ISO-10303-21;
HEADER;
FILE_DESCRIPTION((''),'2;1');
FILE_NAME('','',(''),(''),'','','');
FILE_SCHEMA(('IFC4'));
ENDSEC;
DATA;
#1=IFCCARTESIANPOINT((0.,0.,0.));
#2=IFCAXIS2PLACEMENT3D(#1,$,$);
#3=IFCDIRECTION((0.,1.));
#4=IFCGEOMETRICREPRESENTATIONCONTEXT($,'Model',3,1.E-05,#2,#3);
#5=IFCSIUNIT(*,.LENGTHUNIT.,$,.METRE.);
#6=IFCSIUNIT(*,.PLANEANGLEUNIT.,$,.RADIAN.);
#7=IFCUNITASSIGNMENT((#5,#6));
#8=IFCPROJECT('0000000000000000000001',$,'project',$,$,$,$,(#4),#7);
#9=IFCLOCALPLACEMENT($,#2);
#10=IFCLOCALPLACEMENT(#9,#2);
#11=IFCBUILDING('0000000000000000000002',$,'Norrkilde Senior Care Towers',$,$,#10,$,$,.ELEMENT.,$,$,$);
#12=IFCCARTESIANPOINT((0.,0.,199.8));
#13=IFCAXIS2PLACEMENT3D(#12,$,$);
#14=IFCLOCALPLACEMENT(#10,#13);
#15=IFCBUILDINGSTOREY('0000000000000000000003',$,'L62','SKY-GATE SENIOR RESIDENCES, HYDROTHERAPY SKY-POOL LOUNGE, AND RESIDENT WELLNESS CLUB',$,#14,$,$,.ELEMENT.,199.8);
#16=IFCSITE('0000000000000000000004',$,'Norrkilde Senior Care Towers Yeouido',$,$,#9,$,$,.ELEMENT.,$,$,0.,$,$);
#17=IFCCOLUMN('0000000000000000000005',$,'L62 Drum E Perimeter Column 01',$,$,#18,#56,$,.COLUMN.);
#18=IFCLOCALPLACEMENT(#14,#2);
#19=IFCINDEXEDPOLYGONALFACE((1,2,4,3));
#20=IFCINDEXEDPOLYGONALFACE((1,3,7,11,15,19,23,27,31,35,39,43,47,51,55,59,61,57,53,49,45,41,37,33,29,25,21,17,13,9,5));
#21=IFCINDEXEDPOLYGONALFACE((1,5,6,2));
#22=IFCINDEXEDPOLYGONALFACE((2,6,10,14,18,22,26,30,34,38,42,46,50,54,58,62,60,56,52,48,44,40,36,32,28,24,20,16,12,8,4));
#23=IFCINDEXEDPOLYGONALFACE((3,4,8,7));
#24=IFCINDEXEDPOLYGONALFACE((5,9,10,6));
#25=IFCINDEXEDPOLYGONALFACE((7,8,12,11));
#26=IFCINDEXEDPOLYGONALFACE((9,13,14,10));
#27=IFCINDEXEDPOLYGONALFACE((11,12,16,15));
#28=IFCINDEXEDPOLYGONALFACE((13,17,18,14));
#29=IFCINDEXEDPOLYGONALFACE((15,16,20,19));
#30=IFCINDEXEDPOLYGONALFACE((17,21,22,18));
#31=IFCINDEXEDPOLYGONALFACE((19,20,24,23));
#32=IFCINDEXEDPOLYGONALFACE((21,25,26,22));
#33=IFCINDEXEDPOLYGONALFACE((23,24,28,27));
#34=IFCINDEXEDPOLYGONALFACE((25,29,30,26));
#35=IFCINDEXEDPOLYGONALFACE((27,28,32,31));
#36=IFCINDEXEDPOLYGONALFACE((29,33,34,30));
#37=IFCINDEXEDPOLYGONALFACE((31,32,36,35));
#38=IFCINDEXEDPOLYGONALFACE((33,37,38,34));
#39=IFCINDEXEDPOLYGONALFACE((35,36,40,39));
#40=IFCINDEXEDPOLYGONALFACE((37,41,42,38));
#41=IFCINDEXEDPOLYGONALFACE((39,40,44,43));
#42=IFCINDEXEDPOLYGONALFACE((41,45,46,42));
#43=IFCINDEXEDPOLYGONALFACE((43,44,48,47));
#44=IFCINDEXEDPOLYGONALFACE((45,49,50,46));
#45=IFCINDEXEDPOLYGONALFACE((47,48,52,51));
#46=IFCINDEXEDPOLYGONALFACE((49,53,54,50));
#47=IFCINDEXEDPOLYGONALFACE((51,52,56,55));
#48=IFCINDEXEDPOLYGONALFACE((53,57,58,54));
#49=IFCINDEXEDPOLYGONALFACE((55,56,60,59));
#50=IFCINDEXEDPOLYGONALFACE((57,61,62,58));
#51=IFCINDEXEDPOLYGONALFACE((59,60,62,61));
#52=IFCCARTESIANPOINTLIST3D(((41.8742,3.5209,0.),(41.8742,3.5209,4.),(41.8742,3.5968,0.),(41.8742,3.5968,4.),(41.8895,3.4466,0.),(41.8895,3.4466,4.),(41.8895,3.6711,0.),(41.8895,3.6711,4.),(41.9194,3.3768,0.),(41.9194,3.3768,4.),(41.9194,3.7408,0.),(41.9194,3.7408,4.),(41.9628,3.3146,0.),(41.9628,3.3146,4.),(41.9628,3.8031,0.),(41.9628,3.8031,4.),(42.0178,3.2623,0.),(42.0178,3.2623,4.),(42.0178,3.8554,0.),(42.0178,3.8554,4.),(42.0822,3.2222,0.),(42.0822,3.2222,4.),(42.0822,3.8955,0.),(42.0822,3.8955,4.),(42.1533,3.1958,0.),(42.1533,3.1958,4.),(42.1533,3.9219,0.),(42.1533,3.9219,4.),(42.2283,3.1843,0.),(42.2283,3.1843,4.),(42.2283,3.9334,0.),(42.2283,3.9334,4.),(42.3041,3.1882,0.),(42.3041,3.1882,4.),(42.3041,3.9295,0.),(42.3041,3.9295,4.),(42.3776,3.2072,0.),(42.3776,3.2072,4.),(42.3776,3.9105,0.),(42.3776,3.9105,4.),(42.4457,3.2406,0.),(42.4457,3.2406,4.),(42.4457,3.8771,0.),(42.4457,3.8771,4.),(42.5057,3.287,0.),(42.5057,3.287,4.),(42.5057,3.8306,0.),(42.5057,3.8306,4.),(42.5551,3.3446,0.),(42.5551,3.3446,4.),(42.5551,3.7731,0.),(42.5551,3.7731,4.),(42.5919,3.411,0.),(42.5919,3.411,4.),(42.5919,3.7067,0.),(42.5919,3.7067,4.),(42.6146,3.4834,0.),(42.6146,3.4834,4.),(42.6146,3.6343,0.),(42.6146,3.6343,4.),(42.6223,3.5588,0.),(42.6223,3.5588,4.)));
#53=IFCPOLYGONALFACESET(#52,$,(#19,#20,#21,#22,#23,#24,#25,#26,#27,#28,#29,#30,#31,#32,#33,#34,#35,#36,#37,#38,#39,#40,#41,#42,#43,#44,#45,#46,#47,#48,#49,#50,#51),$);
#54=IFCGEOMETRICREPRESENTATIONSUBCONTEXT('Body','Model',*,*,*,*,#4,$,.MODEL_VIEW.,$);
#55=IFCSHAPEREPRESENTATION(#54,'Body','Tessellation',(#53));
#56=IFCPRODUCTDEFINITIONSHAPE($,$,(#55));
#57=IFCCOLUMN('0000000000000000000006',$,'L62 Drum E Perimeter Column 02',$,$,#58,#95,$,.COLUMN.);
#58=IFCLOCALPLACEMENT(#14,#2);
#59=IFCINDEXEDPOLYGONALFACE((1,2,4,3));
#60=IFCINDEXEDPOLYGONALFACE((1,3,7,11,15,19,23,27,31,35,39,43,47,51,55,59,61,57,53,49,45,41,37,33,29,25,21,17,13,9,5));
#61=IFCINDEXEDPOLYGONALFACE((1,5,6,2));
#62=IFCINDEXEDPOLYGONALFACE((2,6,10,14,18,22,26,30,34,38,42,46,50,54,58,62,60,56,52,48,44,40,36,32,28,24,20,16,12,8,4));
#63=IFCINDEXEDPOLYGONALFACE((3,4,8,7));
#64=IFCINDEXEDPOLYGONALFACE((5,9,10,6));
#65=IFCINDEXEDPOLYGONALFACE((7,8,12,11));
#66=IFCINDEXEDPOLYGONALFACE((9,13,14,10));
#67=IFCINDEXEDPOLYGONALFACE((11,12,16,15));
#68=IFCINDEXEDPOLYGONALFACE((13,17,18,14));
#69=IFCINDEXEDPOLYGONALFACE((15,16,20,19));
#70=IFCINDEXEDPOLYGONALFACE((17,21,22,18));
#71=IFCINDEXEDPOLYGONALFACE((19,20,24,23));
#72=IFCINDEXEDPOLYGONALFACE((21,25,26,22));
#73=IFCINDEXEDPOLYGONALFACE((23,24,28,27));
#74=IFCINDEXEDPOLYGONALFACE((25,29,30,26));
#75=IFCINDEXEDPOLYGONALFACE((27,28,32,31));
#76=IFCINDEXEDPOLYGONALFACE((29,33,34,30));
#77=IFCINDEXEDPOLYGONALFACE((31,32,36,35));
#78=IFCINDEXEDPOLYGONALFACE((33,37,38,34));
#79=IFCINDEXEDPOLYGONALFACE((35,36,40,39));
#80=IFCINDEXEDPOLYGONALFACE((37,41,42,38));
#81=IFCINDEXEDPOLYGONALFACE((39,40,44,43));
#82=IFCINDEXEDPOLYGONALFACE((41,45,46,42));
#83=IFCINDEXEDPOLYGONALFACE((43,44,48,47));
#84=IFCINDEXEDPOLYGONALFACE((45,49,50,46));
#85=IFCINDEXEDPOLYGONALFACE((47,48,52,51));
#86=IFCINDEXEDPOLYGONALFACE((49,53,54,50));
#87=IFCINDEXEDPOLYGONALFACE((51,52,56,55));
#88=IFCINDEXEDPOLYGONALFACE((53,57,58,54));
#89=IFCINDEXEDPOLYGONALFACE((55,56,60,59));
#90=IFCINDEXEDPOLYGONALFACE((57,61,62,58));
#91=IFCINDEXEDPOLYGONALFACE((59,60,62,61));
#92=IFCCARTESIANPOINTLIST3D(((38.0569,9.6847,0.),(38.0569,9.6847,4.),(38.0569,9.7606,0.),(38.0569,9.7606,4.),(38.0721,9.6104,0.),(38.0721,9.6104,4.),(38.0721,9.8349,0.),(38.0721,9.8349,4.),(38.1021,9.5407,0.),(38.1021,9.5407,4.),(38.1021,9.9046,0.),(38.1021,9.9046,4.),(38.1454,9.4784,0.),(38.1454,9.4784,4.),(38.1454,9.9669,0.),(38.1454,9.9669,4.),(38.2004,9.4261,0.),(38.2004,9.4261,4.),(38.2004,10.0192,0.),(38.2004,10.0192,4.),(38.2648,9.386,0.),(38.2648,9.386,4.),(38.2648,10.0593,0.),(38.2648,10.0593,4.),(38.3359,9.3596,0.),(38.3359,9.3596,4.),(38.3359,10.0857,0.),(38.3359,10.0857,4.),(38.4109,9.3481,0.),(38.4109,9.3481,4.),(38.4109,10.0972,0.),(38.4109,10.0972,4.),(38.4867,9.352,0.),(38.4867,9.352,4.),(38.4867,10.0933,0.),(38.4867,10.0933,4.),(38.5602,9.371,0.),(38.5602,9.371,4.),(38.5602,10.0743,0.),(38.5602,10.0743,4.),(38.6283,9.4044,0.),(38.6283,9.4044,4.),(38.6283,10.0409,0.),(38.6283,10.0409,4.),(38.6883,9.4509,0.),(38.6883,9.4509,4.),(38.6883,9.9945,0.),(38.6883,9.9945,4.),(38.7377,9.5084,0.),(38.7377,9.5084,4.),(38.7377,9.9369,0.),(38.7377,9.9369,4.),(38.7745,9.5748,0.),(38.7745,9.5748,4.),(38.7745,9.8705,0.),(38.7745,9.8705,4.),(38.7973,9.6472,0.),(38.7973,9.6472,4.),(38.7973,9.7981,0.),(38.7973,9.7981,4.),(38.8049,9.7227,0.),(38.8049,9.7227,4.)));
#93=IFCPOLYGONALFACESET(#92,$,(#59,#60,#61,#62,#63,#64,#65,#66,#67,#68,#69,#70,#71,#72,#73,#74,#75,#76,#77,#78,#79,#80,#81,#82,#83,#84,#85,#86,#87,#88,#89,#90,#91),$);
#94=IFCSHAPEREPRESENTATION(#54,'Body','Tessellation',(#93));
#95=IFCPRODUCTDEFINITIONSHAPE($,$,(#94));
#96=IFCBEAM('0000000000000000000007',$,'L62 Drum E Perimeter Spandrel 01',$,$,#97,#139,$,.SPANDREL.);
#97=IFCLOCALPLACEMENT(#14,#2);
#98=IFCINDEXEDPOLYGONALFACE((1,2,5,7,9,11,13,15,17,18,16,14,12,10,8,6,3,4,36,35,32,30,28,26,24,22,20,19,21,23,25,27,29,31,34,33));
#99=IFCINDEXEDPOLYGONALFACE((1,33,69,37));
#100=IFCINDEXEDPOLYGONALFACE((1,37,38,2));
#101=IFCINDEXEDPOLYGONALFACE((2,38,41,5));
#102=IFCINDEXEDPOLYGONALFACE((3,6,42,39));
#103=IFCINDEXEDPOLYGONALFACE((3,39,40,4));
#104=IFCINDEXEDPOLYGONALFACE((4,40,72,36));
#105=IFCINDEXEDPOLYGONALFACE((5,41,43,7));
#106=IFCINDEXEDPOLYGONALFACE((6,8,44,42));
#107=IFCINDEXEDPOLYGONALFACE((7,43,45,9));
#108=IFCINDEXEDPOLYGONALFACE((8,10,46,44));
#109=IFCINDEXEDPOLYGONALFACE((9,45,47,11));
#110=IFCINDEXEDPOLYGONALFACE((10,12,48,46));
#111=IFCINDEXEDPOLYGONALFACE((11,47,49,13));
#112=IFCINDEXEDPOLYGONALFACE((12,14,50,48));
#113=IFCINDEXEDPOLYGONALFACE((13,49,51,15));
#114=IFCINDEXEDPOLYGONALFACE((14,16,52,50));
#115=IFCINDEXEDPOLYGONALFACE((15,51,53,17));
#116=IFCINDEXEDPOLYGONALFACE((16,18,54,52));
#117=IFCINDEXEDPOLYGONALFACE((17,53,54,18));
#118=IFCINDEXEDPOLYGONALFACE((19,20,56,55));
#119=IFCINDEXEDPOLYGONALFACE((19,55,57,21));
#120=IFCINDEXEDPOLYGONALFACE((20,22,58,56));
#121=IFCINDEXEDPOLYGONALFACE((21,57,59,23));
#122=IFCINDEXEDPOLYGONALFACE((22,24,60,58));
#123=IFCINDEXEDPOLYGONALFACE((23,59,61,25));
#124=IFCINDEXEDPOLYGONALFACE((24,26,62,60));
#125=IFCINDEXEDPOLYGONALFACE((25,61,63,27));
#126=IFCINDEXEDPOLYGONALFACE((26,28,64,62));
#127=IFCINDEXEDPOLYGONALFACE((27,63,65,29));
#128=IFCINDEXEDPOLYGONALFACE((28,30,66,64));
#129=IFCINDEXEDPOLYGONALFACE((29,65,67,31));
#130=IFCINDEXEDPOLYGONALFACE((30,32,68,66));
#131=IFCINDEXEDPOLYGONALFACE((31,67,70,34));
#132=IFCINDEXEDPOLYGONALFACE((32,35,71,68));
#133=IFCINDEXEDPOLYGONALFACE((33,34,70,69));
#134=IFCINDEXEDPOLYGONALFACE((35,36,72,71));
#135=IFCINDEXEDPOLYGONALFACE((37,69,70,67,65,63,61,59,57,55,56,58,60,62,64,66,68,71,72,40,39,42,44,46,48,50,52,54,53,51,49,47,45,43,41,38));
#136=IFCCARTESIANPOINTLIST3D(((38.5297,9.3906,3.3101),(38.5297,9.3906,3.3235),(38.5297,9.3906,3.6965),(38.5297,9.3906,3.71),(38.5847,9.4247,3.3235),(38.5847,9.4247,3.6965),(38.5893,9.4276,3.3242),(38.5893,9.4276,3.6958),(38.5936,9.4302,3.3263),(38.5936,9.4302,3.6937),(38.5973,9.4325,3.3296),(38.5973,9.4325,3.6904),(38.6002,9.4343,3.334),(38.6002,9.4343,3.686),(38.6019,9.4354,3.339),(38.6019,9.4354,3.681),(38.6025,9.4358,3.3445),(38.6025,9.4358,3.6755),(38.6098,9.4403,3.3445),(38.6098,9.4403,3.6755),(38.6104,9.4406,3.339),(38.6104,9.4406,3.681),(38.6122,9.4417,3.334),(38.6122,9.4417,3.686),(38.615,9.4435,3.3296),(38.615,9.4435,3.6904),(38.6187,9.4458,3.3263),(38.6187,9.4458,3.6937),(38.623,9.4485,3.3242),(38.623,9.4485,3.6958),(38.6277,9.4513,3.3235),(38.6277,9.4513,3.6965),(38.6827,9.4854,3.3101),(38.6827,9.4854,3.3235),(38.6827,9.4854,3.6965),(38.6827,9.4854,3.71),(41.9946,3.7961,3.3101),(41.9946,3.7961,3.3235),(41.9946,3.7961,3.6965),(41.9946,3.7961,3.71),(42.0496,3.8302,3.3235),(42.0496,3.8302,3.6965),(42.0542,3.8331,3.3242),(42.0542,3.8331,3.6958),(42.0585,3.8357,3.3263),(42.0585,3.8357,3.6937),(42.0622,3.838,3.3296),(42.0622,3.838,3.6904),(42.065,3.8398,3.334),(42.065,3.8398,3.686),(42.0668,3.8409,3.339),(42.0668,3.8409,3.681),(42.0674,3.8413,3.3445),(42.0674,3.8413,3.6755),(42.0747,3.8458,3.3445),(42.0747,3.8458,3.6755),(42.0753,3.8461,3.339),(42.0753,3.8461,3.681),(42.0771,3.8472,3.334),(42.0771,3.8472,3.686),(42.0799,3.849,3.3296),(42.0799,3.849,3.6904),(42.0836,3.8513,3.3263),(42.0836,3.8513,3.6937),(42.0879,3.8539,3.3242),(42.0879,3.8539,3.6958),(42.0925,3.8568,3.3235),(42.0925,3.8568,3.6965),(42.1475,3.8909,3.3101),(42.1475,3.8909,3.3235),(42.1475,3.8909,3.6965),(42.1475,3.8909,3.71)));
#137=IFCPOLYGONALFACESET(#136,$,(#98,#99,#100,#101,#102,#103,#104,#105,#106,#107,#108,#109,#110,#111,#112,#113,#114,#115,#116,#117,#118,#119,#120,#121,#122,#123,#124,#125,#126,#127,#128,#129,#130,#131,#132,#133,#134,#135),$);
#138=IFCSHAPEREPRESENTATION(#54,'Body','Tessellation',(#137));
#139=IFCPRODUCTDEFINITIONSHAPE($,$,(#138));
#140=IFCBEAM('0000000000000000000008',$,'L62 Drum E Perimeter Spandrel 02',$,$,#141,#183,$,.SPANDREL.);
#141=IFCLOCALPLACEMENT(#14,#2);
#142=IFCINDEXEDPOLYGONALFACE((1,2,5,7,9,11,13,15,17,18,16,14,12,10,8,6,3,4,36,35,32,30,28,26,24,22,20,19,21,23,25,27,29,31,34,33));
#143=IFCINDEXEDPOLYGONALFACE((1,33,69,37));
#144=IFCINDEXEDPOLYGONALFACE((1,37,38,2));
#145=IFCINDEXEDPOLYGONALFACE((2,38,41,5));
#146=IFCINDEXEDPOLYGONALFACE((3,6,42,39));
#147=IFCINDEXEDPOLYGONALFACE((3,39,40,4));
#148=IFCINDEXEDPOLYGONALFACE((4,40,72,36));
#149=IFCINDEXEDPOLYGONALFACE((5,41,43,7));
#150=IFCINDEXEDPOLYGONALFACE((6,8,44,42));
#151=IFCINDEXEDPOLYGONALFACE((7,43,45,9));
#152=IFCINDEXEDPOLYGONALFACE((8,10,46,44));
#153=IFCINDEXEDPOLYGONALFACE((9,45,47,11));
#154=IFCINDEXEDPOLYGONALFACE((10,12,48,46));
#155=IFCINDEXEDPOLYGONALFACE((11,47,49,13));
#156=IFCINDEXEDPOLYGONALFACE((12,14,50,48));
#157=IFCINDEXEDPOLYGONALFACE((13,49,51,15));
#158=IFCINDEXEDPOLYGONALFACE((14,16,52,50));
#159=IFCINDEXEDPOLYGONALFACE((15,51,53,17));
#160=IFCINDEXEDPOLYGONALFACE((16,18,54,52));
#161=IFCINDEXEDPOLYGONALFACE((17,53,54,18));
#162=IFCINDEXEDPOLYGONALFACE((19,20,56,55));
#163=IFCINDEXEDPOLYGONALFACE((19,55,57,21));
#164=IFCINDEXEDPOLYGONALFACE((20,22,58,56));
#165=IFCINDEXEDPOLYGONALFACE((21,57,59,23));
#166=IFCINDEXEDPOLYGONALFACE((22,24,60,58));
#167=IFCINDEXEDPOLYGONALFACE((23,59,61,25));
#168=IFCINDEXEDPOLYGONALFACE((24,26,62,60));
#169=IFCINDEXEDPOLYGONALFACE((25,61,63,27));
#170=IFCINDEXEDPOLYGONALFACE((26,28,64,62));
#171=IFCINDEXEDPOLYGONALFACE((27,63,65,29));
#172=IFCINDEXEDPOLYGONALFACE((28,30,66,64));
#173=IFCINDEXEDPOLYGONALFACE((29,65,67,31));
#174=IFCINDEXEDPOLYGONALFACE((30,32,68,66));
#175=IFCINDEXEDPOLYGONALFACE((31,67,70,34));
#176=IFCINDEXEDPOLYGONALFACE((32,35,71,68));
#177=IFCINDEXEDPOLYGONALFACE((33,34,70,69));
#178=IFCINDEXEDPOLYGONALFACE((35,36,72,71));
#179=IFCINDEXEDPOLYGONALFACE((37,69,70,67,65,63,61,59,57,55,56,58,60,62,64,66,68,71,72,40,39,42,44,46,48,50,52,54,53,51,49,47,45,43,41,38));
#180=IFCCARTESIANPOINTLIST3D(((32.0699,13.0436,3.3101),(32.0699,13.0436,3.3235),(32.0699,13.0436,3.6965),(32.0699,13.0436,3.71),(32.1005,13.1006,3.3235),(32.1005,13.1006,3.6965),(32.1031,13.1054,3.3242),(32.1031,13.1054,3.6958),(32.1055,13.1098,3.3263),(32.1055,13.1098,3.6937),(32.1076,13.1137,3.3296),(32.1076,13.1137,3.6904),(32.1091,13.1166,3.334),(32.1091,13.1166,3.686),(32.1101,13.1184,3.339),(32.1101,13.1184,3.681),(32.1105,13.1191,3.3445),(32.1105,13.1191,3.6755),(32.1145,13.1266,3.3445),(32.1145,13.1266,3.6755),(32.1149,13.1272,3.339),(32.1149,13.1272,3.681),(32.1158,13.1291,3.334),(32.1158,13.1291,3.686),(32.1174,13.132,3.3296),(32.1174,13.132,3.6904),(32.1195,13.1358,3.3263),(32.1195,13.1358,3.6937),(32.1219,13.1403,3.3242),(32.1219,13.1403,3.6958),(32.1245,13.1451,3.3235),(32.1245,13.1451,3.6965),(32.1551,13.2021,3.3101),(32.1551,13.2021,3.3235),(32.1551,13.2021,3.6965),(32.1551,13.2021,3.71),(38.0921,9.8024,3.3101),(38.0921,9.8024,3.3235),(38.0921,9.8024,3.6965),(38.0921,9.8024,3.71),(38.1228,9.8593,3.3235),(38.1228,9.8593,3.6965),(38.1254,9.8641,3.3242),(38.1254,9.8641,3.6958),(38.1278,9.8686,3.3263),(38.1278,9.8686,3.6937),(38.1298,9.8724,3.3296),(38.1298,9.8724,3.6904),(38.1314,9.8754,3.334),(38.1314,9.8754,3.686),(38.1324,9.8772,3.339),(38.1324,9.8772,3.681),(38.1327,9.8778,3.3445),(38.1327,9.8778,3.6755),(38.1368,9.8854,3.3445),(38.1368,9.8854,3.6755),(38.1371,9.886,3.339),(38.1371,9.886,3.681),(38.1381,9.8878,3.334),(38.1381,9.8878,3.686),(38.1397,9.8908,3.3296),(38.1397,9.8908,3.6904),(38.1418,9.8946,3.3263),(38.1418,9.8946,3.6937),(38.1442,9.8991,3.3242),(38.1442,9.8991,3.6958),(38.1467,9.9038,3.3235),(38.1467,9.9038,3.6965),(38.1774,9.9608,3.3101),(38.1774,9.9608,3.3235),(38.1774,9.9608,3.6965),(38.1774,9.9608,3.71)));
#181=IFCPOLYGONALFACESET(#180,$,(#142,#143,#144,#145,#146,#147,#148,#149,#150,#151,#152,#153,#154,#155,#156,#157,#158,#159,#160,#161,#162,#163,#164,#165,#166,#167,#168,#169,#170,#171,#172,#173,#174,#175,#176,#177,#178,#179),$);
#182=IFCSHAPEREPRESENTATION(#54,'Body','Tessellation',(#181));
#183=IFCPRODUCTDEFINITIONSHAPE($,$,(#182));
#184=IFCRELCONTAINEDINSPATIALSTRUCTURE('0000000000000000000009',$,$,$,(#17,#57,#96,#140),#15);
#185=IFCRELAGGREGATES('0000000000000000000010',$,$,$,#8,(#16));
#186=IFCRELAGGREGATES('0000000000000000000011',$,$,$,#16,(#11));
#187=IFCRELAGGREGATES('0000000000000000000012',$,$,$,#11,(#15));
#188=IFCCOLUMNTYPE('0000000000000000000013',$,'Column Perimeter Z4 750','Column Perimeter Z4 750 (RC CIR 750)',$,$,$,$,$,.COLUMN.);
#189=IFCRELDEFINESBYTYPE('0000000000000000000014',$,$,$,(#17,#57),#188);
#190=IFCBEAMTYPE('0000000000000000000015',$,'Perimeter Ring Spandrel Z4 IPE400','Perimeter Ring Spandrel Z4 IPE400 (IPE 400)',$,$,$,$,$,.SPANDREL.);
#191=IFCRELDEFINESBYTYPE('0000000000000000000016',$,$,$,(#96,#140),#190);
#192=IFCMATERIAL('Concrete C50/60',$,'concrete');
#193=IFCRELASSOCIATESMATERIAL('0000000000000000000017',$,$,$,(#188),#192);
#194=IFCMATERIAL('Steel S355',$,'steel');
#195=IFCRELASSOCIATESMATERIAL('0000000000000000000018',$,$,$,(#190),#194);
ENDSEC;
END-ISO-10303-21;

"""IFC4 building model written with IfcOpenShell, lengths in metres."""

from ifc_helpers import new_model, si_unit, direction, frame, origin, origin_2d, place, context, subcontext, project, spatial, circle, i_section, extrude, source, transform, mapped, material, material_profile, profile_set, type_object, type_shapes, element, save


model = new_model("IFC4")

# Units and contexts
model_context = context("Model", 3, precision=1e-05, world=origin(), true_north=direction((0.0, 1.0)))
body_context = subcontext(model_context, "Body", "Model", "MODEL_VIEW")
ifc_project = project(units=[si_unit("LENGTHUNIT", "METRE"), si_unit("PLANEANGLEUNIT", "RADIAN")], contexts=[model_context])

# Site, building, storey
site_placement = place(None, origin())
site = spatial("IfcSite", under=ifc_project, at=site_placement, Name="Norrkilde Senior Care Towers Yeouido", CompositionType="ELEMENT", RefElevation=0.0)
building_placement = place(site_placement, origin())
building = spatial("IfcBuilding", under=site, at=building_placement, Name="Norrkilde Senior Care Towers", CompositionType="ELEMENT")
storey_placement = place(building_placement, frame((0.0, 0.0, 199.8)))
storey = spatial("IfcBuildingStorey", under=building, at=storey_placement, Name="L62", Description="SKY-GATE SENIOR RESIDENCES, HYDROTHERAPY SKY-POOL LOUNGE, AND RESIDENT WELLNESS CLUB", CompositionType="ELEMENT", Elevation=199.8)

# Columns
ifc_material_1 = material(Name="Concrete C50/60", Category="concrete")
ifc_material_profile_1 = material_profile(ifc_material_1, circle(Radius=0.375, at=origin_2d()), Name="RC CIR 750")
ifc_profile_set_1 = profile_set([ifc_material_profile_1], Name="Concrete C50/60")
column_type = type_object("IfcColumnType", Name="Column Perimeter Z4 750", Description="Column Perimeter Z4 750 (RC CIR 750)", PredefinedType="COLUMN", material=ifc_profile_set_1)
shared_shape_1 = source(origin(), body_context, "Body", "SweptSolid", [
    extrude(circle(Radius=0.375, at=origin_2d()), origin(), (0.0, 0.0, 1.0), 4.0),
])
type_shapes(column_type, [shared_shape_1])
for number, where, z_axis, x_axis, name in (
    (1, (42.2473, 3.5588, 0.0), (0.0, 0.0, 1.0), (1.0, 0.0, 0.0), "L62 Drum E Perimeter Column 01"),
    (2, (38.4299, 9.7227, 0.0), (0.0, 0.0, 1.0), (1.0, 0.0, 0.0), "L62 Drum E Perimeter Column 02"),
):
    element("IfcColumn", number, at=place(storey_placement, frame(where, z_axis=z_axis, x_axis=x_axis)), inside=storey, type_object=column_type, Name=name, PredefinedType="COLUMN", context=body_context, shape_type="MappedRepresentation", body=[
        mapped(shared_shape_1, transform((0.0, 0.0, 0.0), x_axis=(1.0, 0.0, 0.0), y_axis=(0.0, 1.0, 0.0), z_axis=(0.0, 0.0, 1.0), scale=1.0)),
    ])

# Beams
ifc_material_2 = material(Name="Steel S355", Category="steel")
ifc_material_profile_2 = material_profile(ifc_material_2, i_section(OverallWidth=0.1799, OverallDepth=0.3999, WebThickness=0.0085, FlangeThickness=0.0134, FilletRadius=0.021, at=origin_2d()), Name="IPE 400")
ifc_profile_set_2 = profile_set([ifc_material_profile_2], Name="Steel S355")
beam_type_1 = type_object("IfcBeamType", Name="Perimeter Ring Spandrel Z4 IPE400", Description="Perimeter Ring Spandrel Z4 IPE400 (IPE 400)", PredefinedType="SPANDREL", material=ifc_profile_set_2)
shared_shape_2 = source(origin(), body_context, "Body", "SweptSolid", [
    extrude(i_section(OverallWidth=0.1799, OverallDepth=0.3999, WebThickness=0.0085, FlangeThickness=0.0134, FilletRadius=0.021, at=origin_2d()), origin(), (0.0, 0.0, 1.0), 6.5806),
])
beam_1_placement = place(storey_placement, frame((42.071, 3.8435, 3.51), z_axis=(-0.52653, 0.850157, 0.0), x_axis=(-0.850157, -0.52653, 0.0)))
element("IfcBeam", 3, at=beam_1_placement, inside=storey, type_object=beam_type_1, Name="L62 Drum E Perimeter Spandrel 01", PredefinedType="SPANDREL", context=body_context, shape_type="MappedRepresentation", body=[
    mapped(shared_shape_2, transform((0.0, 0.0, 0.0), x_axis=(1.0, 0.0, 0.0), y_axis=(0.0, 1.0, 0.0), z_axis=(0.0, 0.0, 1.0), scale=1.0)),
])
shared_shape_3 = source(origin(), body_context, "Body", "SweptSolid", [
    extrude(i_section(OverallWidth=0.1799, OverallDepth=0.3999, WebThickness=0.0085, FlangeThickness=0.0134, FilletRadius=0.021, at=origin_2d()), origin(), (0.0, 0.0, 1.0), 6.8391),
])
type_shapes(beam_type_1, [shared_shape_2, shared_shape_3])
beam_2_placement = place(storey_placement, frame((38.1348, 9.8816, 3.51), z_axis=(-0.880564, 0.473927, 0.0), x_axis=(-0.473927, -0.880564, 0.0)))
element("IfcBeam", 4, at=beam_2_placement, inside=storey, type_object=beam_type_1, Name="L62 Drum E Perimeter Spandrel 02", PredefinedType="SPANDREL", context=body_context, shape_type="MappedRepresentation", body=[
    mapped(shared_shape_3, transform((0.0, 0.0, 0.0), x_axis=(1.0, 0.0, 0.0), y_axis=(0.0, 1.0, 0.0), z_axis=(0.0, 0.0, 1.0), scale=1.0)),
])

save(model, "model.ifc")
